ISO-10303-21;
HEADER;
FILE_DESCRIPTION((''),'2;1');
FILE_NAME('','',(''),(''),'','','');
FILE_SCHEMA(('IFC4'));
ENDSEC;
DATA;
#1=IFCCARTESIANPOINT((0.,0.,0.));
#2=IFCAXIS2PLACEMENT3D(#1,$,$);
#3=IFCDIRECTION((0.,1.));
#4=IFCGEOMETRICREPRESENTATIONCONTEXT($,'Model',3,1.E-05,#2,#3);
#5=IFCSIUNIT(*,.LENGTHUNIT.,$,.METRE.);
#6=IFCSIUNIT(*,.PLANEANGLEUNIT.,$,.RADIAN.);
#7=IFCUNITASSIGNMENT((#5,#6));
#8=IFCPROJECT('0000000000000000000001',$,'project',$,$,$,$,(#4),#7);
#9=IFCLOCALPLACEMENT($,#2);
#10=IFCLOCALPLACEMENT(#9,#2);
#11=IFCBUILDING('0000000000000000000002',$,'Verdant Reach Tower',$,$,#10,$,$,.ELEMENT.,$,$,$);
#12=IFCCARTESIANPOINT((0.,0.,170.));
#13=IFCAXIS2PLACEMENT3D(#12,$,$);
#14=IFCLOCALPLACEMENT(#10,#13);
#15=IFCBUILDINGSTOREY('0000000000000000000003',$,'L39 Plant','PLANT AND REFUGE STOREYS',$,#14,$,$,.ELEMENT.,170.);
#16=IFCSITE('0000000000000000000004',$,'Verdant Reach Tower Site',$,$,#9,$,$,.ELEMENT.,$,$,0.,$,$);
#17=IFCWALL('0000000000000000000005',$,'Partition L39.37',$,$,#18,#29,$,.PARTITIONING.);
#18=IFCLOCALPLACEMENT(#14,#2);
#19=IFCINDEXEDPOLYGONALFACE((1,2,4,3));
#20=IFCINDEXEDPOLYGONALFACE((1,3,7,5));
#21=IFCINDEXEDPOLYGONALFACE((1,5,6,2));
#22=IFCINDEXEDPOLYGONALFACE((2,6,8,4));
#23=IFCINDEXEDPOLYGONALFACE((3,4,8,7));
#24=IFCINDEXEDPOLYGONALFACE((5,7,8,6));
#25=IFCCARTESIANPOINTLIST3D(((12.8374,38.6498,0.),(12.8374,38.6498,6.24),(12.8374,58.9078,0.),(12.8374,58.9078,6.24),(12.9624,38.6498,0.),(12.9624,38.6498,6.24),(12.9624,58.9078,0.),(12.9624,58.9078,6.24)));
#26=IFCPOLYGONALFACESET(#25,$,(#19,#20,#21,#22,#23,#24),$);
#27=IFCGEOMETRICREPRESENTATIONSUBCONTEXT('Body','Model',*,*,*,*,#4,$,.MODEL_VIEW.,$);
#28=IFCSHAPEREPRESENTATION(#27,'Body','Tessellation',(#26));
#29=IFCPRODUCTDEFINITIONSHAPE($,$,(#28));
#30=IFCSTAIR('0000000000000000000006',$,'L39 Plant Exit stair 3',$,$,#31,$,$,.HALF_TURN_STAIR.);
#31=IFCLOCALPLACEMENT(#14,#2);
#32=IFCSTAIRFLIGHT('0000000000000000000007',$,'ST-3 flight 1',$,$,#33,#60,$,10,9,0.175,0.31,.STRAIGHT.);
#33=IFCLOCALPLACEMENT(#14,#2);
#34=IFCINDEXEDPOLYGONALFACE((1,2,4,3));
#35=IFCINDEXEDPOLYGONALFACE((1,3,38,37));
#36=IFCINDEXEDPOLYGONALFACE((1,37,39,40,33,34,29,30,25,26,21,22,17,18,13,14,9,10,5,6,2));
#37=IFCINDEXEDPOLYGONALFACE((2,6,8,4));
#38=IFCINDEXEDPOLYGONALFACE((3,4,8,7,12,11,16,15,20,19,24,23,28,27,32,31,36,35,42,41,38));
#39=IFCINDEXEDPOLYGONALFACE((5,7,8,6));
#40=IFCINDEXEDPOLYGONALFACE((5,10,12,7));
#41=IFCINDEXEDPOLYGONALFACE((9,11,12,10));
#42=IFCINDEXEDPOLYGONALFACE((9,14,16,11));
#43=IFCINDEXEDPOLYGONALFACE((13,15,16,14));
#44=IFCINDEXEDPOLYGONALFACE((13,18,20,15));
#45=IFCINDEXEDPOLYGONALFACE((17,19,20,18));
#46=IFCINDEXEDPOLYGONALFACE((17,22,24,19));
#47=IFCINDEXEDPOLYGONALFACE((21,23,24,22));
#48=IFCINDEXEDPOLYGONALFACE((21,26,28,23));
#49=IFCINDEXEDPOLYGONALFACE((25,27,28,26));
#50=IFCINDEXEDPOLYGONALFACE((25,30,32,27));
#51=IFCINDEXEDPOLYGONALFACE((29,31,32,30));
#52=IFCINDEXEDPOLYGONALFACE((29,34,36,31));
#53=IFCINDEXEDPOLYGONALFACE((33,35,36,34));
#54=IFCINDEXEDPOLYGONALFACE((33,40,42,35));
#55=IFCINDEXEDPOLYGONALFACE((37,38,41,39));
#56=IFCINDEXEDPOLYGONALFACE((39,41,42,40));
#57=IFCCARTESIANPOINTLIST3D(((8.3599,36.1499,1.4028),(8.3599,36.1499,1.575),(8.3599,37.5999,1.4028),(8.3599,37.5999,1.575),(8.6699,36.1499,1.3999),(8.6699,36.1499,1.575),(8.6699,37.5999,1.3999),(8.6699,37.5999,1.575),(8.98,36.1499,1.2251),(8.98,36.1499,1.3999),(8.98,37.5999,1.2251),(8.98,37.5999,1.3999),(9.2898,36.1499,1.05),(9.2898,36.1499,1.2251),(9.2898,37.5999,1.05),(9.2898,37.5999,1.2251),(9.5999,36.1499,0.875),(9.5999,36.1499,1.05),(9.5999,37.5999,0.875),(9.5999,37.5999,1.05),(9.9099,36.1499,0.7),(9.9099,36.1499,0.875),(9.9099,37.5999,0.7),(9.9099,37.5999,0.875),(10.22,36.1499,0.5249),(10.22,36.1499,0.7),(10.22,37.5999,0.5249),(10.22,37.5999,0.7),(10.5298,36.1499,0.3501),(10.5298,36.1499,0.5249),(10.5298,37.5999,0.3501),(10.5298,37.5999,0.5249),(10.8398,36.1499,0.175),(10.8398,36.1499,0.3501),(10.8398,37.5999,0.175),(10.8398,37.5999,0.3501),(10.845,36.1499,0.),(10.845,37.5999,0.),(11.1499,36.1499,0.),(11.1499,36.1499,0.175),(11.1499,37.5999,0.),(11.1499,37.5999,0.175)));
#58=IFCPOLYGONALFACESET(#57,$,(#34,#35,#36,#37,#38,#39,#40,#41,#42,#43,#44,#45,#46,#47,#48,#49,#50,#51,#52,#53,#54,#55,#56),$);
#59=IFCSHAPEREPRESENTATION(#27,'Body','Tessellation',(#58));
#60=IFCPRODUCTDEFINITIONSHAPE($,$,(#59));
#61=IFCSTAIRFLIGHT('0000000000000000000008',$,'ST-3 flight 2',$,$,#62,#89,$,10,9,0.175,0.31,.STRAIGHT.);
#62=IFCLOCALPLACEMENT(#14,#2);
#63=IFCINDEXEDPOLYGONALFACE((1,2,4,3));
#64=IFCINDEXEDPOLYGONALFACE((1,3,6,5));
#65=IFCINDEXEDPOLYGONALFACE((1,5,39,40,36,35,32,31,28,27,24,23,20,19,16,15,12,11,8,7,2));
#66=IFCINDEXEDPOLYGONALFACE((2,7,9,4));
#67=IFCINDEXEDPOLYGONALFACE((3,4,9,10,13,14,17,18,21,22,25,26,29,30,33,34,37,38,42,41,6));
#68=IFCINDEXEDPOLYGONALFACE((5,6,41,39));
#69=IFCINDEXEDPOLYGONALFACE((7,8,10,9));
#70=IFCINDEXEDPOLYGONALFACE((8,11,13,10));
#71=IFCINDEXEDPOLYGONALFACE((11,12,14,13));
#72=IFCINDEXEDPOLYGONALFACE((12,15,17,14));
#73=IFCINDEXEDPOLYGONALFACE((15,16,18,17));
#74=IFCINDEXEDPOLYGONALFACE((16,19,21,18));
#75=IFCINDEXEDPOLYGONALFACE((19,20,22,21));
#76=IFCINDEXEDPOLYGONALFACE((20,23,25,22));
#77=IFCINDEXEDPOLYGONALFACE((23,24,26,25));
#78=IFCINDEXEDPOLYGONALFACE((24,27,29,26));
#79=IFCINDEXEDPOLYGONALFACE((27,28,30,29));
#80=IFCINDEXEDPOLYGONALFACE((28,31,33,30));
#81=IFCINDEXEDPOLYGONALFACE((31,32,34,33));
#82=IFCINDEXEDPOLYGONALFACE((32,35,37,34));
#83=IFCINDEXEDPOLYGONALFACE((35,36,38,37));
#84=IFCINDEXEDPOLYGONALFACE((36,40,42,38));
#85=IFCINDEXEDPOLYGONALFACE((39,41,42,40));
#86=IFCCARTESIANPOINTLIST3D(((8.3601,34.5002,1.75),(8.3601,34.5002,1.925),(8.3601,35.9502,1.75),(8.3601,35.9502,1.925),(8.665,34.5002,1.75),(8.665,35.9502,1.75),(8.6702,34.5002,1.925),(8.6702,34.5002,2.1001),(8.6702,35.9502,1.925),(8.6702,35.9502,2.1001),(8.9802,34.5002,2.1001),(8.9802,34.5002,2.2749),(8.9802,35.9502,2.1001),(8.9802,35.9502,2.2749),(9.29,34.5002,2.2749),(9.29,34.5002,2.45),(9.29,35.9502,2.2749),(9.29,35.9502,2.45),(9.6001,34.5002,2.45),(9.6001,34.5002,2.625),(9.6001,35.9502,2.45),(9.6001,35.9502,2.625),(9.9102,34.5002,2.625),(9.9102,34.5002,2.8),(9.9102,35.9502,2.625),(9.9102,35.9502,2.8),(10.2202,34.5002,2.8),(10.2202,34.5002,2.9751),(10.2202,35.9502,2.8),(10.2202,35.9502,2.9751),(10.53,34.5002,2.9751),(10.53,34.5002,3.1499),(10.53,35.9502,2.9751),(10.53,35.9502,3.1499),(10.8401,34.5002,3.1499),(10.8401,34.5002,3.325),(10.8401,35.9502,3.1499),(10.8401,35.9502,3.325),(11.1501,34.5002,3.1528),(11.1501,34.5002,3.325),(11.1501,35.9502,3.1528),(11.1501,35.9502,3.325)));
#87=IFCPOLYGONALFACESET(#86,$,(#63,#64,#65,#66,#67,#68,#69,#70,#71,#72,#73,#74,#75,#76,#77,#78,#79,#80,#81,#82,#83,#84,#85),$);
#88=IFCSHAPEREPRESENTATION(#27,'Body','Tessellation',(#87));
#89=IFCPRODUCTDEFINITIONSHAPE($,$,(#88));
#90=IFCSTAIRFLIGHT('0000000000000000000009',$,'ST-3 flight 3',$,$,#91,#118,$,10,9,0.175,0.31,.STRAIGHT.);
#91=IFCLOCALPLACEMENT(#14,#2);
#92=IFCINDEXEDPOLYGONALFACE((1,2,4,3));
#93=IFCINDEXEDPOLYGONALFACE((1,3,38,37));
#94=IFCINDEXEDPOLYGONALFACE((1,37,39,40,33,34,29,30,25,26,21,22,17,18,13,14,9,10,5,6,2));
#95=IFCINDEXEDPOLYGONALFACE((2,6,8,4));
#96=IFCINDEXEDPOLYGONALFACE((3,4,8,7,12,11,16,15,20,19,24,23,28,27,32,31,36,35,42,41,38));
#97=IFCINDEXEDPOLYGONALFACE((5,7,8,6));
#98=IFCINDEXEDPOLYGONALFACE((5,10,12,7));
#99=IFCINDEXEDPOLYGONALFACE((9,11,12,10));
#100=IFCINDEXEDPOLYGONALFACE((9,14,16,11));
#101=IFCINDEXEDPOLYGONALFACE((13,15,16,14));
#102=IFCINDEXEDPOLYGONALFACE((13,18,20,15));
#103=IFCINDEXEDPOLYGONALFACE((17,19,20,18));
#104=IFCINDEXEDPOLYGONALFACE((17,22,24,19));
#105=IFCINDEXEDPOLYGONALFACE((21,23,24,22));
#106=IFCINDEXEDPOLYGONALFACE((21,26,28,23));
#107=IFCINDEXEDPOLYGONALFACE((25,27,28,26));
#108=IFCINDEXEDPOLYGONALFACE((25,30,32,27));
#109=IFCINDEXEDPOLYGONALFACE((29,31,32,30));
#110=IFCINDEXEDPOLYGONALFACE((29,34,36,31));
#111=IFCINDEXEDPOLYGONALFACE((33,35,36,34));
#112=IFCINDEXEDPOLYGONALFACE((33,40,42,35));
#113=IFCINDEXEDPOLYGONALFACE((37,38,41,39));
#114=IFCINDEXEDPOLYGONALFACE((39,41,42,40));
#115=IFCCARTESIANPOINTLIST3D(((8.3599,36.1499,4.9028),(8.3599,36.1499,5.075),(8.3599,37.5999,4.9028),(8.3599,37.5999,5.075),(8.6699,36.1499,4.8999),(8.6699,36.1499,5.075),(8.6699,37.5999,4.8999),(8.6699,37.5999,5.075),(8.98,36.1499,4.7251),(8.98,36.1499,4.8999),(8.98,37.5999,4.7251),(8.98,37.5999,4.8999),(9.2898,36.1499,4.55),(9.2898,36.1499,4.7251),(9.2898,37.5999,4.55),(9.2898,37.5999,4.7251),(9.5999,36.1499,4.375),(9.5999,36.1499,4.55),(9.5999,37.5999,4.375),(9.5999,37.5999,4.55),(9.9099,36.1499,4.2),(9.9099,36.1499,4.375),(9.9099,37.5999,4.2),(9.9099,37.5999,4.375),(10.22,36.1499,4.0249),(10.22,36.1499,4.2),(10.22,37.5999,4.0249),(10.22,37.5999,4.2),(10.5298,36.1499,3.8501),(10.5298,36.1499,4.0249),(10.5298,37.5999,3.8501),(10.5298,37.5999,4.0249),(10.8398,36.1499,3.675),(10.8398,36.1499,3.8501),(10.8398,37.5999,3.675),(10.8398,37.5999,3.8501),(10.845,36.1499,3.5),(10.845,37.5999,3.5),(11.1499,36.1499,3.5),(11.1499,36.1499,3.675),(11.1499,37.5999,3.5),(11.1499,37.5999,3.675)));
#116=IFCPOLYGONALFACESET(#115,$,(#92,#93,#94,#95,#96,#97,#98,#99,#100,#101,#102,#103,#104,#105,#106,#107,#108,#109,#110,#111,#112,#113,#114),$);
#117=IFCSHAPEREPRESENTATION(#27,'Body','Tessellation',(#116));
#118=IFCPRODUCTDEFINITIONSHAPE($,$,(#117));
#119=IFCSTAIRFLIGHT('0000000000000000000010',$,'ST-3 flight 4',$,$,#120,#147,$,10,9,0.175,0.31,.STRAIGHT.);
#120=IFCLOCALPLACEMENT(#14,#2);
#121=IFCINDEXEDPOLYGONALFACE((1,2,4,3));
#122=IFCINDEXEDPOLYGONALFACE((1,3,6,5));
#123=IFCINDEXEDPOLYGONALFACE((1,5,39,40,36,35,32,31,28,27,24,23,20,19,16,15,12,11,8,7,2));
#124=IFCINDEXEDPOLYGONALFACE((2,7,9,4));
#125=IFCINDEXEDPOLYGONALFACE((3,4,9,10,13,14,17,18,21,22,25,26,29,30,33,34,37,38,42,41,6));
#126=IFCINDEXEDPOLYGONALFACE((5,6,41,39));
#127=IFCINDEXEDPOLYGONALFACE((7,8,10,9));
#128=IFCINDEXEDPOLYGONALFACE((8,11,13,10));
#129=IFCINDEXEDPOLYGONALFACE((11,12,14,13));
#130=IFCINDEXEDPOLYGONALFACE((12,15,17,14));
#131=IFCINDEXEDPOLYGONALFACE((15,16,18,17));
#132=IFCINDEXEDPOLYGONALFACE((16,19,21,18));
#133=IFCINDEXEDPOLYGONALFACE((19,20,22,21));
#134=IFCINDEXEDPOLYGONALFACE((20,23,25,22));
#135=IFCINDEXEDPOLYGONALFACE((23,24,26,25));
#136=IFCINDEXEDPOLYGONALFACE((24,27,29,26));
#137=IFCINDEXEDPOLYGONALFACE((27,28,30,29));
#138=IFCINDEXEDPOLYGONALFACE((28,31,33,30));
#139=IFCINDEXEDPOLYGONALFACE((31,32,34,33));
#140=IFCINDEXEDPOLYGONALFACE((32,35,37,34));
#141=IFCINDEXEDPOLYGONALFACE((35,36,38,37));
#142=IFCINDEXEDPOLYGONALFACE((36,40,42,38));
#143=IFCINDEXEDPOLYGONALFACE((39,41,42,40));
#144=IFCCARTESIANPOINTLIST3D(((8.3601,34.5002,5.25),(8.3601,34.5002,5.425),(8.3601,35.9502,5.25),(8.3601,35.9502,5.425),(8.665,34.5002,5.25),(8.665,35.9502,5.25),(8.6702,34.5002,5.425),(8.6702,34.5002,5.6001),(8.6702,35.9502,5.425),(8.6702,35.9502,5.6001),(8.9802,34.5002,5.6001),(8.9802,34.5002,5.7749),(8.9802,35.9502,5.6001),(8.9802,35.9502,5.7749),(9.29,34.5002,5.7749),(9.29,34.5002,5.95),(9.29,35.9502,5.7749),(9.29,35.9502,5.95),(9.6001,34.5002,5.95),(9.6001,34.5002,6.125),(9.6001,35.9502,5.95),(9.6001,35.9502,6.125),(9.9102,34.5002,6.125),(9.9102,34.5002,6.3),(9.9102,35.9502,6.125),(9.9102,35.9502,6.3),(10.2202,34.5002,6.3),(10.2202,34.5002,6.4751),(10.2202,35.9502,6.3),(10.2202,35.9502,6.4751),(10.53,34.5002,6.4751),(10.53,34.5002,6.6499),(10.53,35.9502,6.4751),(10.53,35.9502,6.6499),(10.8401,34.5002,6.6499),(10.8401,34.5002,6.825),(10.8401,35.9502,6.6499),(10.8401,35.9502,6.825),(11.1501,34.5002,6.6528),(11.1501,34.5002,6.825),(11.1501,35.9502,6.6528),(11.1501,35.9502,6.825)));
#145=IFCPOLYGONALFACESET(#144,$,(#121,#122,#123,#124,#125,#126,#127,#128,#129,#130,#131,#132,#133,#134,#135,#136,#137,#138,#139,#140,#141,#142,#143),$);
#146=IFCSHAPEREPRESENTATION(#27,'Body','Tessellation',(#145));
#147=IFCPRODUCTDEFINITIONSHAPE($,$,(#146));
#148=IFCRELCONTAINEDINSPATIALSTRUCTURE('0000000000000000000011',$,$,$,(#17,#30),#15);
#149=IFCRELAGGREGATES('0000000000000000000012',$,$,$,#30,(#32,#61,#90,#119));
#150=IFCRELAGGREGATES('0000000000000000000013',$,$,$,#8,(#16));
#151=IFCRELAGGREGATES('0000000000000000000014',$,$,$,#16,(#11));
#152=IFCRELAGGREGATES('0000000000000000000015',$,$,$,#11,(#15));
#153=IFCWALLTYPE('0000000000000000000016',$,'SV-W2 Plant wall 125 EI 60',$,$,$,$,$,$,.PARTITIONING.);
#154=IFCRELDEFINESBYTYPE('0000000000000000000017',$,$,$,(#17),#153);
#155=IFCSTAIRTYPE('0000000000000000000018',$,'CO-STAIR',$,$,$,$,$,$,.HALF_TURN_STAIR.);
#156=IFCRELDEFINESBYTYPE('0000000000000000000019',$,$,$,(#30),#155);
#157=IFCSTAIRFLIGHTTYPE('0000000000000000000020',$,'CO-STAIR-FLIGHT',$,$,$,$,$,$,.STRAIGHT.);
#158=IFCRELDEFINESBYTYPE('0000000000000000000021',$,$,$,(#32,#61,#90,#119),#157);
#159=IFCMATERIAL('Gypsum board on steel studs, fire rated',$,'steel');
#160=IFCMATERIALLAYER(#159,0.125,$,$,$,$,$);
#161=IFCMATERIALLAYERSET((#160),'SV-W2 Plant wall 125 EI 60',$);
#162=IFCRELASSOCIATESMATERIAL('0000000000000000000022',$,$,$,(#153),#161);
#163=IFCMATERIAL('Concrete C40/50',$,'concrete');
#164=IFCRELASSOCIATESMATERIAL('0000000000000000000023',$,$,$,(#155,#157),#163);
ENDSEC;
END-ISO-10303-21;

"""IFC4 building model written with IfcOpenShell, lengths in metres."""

from ifc_helpers import new_model, si_unit, direction, frame, frame_2d, origin, place, context, subcontext, project, spatial, polyline, rectangle, outline, extrude, material, layer, layer_set, type_object, element, aggregate, save


model = new_model("IFC4")

# Units and contexts
model_context = context("Model", 3, precision=1e-05, world=origin(), true_north=direction((0.0, 1.0)))
body_context = subcontext(model_context, "Body", "Model", "MODEL_VIEW")
ifc_project = project(units=[si_unit("LENGTHUNIT", "METRE"), si_unit("PLANEANGLEUNIT", "RADIAN")], contexts=[model_context])

# Site, building, storey
site_placement = place(None, origin())
site = spatial("IfcSite", under=ifc_project, at=site_placement, Name="Verdant Reach Tower Site", CompositionType="ELEMENT", RefElevation=0.0)
building_placement = place(site_placement, origin())
building = spatial("IfcBuilding", under=site, at=building_placement, Name="Verdant Reach Tower", CompositionType="ELEMENT")
storey_placement = place(building_placement, frame((0.0, 0.0, 170.0)))
storey = spatial("IfcBuildingStorey", under=building, at=storey_placement, Name="L39 Plant", Description="PLANT AND REFUGE STOREYS", CompositionType="ELEMENT", Elevation=170.0)

# Shared definitions
ifc_material_1 = material(Name="Concrete C40/50", Category="concrete")

# Shared definitions
ifc_material_2 = material(Name="Gypsum board on steel studs, fire rated", Category="steel")
ifc_layer_1 = layer(ifc_material_2, 0.125)
ifc_layer_set_1 = layer_set([ifc_layer_1], Name="SV-W2 Plant wall 125 EI 60")
wall_type_1 = type_object("IfcWallType", Name="SV-W2 Plant wall 125 EI 60", PredefinedType="PARTITIONING", material=ifc_layer_set_1)

# Wall
wall_1_placement = place(storey_placement, frame((12.8999, 38.6499, 0.0), z_axis=(0.0, 0.0, 1.0), x_axis=(0.0, 1.0, 0.0)))
element("IfcWall", 1, at=wall_1_placement, inside=storey, type_object=wall_type_1, Name="Partition L39.37", PredefinedType="PARTITIONING", context=body_context, shape_type="SweptSolid", body=[
    extrude(rectangle(XDim=20.2581, YDim=0.125, at=frame_2d((10.1289, 0.0))), origin(), (0.0, 0.0, 1.0), 6.24),
])

# Stair, stair flights
stair_type = type_object("IfcStairType", Name="CO-STAIR", PredefinedType="HALF_TURN_STAIR", material=ifc_material_1)
stair_placement = place(storey_placement, origin())
stair = element("IfcStair", 2, at=stair_placement, inside=storey, type_object=stair_type, Name="L39 Plant Exit stair 3", PredefinedType="HALF_TURN_STAIR")
stair_flight_type = type_object("IfcStairFlightType", Name="CO-STAIR-FLIGHT", PredefinedType="STRAIGHT", material=ifc_material_1)
stair_flight_1_placement = place(storey_placement, frame((11.1499, 36.875, 0.0), z_axis=(0.0, 0.0, 1.0), x_axis=(-1.0, 0.0, 0.0)))
stair_flight_1 = element("IfcStairFlight", 3, at=stair_flight_1_placement, type_object=stair_flight_type, Name="ST-3 flight 1", NumberOfRisers=10, NumberOfTreads=9, PredefinedType="STRAIGHT", RiserHeight=0.175, TreadLength=0.31, context=body_context, shape_type="SweptSolid", body=[
    extrude(outline(polyline([(0.0, 0.0), (0.0, 0.175), (0.3101, 0.175), (0.3101, 0.3501), (0.6201, 0.3501), (0.6201, 0.5249), (0.9299, 0.5249), (0.9299, 0.7), (1.24, 0.7), (1.24, 0.875), (1.55, 0.875), (1.55, 1.05), (1.8601, 1.05), (1.8601, 1.2251), (2.1699, 1.2251), (2.1699, 1.3999), (2.48, 1.3999), (2.48, 1.575), (2.79, 1.575), (2.79, 1.75), (2.79, 1.4028), (0.3049, 0.0), (0.0, 0.0)])), frame((0.0, 0.7251, 0.0), z_axis=(0.0, -1.0, 0.0), x_axis=(1.0, 0.0, 0.0)), (0.0, 0.0, 1.0), 1.45),
])
stair_flight_2_placement = place(storey_placement, frame((8.3601, 35.2251, 1.75), z_axis=(0.0, 0.0, 1.0), x_axis=(1.0, 0.0, 0.0)))
stair_flight_2 = element("IfcStairFlight", 4, at=stair_flight_2_placement, type_object=stair_flight_type, Name="ST-3 flight 2", NumberOfRisers=10, NumberOfTreads=9, PredefinedType="STRAIGHT", RiserHeight=0.175, TreadLength=0.31, context=body_context, shape_type="SweptSolid", body=[
    extrude(outline(polyline([(0.0, 0.0), (0.0, 0.175), (0.3101, 0.175), (0.3101, 0.3501), (0.6201, 0.3501), (0.6201, 0.5249), (0.9299, 0.5249), (0.9299, 0.7), (1.24, 0.7), (1.24, 0.875), (1.55, 0.875), (1.55, 1.05), (1.8601, 1.05), (1.8601, 1.2251), (2.1699, 1.2251), (2.1699, 1.3999), (2.48, 1.3999), (2.48, 1.575), (2.79, 1.575), (2.79, 1.75), (2.79, 1.4028), (0.3049, 0.0), (0.0, 0.0)])), frame((0.0, 0.7251, 0.0), z_axis=(0.0, -1.0, 0.0), x_axis=(1.0, 0.0, 0.0)), (0.0, 0.0, 1.0), 1.45),
])
stair_flight_3_placement = place(storey_placement, frame((11.1499, 36.875, 3.5), z_axis=(0.0, 0.0, 1.0), x_axis=(-1.0, 0.0, 0.0)))
stair_flight_3 = element("IfcStairFlight", 5, at=stair_flight_3_placement, type_object=stair_flight_type, Name="ST-3 flight 3", NumberOfRisers=10, NumberOfTreads=9, PredefinedType="STRAIGHT", RiserHeight=0.175, TreadLength=0.31, context=body_context, shape_type="SweptSolid", body=[
    extrude(outline(polyline([(0.0, 0.0), (0.0, 0.175), (0.3101, 0.175), (0.3101, 0.3501), (0.6201, 0.3501), (0.6201, 0.5249), (0.9299, 0.5249), (0.9299, 0.7), (1.24, 0.7), (1.24, 0.875), (1.55, 0.875), (1.55, 1.05), (1.8601, 1.05), (1.8601, 1.2251), (2.1699, 1.2251), (2.1699, 1.3999), (2.48, 1.3999), (2.48, 1.575), (2.79, 1.575), (2.79, 1.75), (2.79, 1.4028), (0.3049, 0.0), (0.0, 0.0)])), frame((0.0, 0.7251, 0.0), z_axis=(0.0, -1.0, 0.0), x_axis=(1.0, 0.0, 0.0)), (0.0, 0.0, 1.0), 1.45),
])
stair_flight_4_placement = place(storey_placement, frame((8.3601, 35.2251, 5.25), z_axis=(0.0, 0.0, 1.0), x_axis=(1.0, 0.0, 0.0)))
stair_flight_4 = element("IfcStairFlight", 6, at=stair_flight_4_placement, type_object=stair_flight_type, Name="ST-3 flight 4", NumberOfRisers=10, NumberOfTreads=9, PredefinedType="STRAIGHT", RiserHeight=0.175, TreadLength=0.31, context=body_context, shape_type="SweptSolid", body=[
    extrude(outline(polyline([(0.0, 0.0), (0.0, 0.175), (0.3101, 0.175), (0.3101, 0.3501), (0.6201, 0.3501), (0.6201, 0.5249), (0.9299, 0.5249), (0.9299, 0.7), (1.24, 0.7), (1.24, 0.875), (1.55, 0.875), (1.55, 1.05), (1.8601, 1.05), (1.8601, 1.2251), (2.1699, 1.2251), (2.1699, 1.3999), (2.48, 1.3999), (2.48, 1.575), (2.79, 1.575), (2.79, 1.75), (2.79, 1.4028), (0.3049, 0.0), (0.0, 0.0)])), frame((0.0, 0.7251, 0.0), z_axis=(0.0, -1.0, 0.0), x_axis=(1.0, 0.0, 0.0)), (0.0, 0.0, 1.0), 1.45),
])
aggregate(stair, [stair_flight_1, stair_flight_2, stair_flight_3, stair_flight_4])

save(model, "model.ifc")
